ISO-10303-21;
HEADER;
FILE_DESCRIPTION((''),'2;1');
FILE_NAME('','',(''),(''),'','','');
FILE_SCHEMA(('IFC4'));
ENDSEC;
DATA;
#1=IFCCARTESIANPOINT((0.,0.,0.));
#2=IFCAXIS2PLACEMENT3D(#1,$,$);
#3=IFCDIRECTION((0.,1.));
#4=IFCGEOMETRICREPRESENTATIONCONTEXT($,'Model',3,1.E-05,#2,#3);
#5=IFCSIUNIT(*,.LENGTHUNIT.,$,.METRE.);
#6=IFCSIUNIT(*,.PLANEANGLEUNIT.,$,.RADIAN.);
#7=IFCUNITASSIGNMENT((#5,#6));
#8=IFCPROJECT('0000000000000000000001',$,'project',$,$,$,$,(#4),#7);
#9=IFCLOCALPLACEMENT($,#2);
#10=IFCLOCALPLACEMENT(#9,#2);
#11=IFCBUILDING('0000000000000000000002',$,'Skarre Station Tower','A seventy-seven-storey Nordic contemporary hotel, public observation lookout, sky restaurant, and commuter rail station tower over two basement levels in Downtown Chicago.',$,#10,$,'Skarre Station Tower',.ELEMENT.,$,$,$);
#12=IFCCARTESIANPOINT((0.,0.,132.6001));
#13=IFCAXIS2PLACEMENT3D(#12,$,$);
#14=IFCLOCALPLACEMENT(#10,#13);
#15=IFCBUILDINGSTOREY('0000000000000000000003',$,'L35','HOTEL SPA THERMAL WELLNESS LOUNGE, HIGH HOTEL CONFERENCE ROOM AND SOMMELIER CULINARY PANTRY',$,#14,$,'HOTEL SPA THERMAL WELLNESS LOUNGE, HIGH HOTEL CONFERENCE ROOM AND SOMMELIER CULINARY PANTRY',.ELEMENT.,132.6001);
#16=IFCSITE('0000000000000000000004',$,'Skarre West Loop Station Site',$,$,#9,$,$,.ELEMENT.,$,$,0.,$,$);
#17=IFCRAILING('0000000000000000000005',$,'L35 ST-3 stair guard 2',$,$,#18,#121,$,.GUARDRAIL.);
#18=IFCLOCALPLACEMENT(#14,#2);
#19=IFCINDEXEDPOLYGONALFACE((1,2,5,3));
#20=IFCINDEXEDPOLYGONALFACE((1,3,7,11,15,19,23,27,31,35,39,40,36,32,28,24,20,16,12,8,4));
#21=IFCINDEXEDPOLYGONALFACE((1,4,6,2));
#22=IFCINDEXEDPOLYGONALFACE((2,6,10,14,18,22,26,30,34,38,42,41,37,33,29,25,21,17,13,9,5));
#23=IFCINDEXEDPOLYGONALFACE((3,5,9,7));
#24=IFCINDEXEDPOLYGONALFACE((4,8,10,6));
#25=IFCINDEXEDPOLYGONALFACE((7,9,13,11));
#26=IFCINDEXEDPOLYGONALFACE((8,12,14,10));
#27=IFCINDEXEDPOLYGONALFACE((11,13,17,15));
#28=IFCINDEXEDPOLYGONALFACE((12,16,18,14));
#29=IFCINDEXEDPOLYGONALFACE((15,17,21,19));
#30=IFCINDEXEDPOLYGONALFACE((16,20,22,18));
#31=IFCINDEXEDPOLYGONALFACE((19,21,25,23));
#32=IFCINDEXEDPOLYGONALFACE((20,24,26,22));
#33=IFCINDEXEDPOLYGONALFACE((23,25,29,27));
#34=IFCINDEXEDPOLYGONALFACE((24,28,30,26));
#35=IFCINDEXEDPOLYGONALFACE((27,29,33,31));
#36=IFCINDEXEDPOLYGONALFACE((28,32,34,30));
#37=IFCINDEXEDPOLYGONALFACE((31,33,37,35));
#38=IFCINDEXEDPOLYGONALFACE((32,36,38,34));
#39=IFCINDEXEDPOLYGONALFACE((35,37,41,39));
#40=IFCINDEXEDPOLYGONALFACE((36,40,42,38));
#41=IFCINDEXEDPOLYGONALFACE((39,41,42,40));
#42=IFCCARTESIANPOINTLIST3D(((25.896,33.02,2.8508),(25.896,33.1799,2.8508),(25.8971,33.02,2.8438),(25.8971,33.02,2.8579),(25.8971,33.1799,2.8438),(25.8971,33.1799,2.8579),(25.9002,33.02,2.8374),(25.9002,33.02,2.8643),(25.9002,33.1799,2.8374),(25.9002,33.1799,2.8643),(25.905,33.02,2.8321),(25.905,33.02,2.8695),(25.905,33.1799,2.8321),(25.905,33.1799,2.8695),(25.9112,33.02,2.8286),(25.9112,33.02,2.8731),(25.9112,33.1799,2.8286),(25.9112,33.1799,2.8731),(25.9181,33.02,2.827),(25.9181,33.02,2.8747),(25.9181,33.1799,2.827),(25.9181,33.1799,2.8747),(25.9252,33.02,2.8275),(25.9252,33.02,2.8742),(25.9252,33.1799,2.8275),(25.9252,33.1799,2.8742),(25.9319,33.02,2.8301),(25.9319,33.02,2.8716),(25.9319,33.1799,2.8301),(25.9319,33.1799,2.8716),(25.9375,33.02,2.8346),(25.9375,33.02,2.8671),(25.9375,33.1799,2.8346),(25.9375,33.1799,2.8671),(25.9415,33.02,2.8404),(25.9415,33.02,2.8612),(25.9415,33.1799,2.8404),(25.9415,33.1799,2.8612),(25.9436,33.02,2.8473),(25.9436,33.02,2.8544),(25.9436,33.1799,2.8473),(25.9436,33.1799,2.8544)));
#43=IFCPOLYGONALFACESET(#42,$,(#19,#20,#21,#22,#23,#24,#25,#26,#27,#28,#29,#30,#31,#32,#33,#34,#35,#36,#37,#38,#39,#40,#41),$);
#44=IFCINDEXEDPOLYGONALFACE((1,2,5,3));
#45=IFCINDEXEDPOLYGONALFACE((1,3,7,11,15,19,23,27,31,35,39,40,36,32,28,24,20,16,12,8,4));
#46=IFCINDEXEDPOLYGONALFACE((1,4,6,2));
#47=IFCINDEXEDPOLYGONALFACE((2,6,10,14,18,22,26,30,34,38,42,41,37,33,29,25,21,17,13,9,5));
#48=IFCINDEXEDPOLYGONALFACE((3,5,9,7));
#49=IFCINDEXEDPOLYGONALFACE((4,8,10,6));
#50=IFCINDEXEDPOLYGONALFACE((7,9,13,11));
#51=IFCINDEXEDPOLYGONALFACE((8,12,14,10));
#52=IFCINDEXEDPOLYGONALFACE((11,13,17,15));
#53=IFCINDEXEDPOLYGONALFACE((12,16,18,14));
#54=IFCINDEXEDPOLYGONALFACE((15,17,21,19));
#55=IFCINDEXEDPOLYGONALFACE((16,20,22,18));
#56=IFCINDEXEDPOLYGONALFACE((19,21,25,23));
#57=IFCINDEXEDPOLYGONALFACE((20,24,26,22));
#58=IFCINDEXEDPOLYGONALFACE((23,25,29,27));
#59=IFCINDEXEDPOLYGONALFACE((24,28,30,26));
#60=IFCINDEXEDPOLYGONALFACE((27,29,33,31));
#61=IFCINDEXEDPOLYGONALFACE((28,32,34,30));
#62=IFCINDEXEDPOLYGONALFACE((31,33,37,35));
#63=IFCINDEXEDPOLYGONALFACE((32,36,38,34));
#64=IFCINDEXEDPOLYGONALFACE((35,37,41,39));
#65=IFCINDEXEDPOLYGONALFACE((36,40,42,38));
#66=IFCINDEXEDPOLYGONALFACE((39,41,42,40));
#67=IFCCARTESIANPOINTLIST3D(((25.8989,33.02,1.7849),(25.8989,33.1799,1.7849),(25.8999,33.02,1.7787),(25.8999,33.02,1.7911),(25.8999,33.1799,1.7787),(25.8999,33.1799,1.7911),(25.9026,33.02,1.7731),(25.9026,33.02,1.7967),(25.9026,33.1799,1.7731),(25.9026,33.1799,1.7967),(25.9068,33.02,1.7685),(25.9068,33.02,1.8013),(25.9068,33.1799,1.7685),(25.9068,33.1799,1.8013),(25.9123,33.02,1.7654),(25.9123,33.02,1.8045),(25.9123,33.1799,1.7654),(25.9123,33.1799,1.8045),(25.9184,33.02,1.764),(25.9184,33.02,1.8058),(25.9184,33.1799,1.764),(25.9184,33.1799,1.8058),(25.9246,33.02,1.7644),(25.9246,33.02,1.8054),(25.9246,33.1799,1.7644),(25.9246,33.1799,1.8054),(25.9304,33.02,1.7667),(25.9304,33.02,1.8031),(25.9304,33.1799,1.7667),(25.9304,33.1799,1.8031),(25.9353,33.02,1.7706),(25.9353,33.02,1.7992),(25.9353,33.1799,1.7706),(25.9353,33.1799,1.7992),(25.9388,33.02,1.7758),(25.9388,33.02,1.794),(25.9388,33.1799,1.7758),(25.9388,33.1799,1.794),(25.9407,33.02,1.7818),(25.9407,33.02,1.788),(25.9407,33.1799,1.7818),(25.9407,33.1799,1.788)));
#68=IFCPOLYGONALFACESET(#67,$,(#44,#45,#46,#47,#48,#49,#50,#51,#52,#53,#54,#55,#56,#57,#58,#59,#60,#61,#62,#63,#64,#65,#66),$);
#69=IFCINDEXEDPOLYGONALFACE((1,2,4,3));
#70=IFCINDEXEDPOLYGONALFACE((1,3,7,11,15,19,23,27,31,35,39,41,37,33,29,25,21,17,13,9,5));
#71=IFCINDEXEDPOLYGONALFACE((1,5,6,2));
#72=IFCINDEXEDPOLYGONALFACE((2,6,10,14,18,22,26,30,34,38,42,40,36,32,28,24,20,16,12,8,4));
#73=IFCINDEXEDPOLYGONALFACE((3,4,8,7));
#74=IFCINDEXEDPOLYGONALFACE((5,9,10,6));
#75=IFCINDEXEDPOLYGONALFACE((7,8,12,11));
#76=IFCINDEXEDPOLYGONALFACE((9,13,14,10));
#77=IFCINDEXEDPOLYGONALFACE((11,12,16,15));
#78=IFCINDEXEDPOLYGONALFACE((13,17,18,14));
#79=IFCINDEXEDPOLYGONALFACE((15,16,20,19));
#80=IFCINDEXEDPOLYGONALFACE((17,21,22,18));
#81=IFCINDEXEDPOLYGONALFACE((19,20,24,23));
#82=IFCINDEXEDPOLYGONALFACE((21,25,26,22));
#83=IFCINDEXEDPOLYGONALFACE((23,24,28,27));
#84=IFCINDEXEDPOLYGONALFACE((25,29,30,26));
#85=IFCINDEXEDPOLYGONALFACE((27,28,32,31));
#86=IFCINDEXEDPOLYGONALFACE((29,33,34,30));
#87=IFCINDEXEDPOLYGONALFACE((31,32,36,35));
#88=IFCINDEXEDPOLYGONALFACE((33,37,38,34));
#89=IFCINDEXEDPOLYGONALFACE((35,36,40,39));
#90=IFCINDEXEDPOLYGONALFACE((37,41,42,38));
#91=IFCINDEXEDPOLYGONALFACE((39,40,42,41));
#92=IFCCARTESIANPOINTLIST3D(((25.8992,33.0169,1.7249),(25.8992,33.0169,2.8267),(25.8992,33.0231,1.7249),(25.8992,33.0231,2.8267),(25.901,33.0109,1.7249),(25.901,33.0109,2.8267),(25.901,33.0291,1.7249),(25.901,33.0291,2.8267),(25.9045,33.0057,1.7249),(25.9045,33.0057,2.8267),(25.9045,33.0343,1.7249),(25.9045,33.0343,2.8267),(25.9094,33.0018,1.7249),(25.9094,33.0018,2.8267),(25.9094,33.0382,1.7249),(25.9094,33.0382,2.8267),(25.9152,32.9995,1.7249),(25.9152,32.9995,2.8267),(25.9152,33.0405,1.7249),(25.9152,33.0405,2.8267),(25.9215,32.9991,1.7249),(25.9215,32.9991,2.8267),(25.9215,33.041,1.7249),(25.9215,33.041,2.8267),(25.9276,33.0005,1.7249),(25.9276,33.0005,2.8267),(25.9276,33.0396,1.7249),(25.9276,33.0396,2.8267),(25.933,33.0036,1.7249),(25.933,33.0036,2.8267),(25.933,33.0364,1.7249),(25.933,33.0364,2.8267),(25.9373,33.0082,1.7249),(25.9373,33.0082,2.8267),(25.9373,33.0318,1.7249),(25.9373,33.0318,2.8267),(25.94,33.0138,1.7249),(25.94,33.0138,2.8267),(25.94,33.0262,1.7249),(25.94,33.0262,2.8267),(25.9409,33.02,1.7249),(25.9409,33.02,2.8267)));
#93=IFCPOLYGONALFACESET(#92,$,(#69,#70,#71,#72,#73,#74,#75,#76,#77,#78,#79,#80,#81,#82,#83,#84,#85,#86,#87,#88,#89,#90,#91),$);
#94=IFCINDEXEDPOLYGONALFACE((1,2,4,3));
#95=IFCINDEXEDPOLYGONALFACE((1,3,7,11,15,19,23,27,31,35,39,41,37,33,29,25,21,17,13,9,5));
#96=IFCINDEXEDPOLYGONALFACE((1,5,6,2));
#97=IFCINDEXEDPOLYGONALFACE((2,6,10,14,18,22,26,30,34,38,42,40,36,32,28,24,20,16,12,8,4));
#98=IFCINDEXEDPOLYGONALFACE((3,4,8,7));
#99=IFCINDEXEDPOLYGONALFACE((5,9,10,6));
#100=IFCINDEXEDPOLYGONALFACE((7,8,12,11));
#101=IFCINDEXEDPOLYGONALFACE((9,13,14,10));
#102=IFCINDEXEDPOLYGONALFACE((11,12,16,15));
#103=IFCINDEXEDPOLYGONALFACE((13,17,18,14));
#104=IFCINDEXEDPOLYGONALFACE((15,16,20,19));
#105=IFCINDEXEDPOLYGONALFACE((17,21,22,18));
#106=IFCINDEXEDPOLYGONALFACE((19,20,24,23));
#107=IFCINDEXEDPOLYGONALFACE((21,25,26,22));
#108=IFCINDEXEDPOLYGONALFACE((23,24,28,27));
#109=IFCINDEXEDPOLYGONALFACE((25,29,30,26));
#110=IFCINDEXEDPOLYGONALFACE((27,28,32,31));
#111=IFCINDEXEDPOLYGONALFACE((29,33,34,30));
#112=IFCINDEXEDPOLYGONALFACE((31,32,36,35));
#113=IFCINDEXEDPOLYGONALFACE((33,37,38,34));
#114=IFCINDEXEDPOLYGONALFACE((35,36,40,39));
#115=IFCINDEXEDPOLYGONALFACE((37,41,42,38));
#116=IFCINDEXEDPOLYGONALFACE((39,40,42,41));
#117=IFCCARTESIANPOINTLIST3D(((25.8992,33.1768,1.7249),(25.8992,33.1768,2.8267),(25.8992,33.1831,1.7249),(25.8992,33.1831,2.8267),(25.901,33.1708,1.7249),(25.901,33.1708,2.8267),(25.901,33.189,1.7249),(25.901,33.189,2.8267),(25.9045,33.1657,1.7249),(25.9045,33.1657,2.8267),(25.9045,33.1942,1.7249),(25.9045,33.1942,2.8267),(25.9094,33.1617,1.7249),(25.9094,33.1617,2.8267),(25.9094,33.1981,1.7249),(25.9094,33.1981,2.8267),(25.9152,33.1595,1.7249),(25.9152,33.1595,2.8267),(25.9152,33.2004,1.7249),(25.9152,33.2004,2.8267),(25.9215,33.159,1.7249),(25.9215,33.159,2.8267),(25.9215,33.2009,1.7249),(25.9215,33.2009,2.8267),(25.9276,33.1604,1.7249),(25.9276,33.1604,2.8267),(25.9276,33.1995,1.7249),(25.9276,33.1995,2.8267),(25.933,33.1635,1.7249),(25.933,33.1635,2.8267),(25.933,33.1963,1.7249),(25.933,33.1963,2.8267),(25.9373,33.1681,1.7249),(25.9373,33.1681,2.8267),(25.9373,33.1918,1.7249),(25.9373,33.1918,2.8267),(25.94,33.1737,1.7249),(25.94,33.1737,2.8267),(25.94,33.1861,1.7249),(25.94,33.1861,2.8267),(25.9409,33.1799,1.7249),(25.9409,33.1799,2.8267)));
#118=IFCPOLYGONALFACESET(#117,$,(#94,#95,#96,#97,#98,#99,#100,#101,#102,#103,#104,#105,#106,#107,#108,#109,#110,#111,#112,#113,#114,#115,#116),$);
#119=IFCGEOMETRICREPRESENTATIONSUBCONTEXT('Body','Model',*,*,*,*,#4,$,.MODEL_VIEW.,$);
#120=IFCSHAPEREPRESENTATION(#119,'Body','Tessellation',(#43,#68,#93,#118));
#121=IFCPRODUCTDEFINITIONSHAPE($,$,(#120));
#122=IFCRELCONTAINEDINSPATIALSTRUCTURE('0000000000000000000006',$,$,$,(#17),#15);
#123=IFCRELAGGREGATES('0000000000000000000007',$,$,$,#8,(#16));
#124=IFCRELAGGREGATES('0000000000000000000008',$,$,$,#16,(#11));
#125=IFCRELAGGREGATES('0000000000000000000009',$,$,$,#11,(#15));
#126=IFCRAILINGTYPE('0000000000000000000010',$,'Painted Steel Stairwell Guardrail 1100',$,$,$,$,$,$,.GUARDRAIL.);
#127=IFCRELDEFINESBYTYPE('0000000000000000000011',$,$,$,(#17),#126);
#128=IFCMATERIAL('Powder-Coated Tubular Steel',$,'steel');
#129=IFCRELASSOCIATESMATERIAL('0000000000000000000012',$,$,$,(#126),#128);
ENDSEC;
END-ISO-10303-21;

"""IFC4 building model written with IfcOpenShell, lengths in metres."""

from ifc_helpers import new_model, si_unit, direction, frame, origin, origin_2d, place, context, subcontext, project, spatial, circle, extrude, material, type_object, element, save


model = new_model("IFC4")

# Units and contexts
model_context = context("Model", 3, precision=1e-05, world=origin(), true_north=direction((0.0, 1.0)))
body_context = subcontext(model_context, "Body", "Model", "MODEL_VIEW")
ifc_project = project(units=[si_unit("LENGTHUNIT", "METRE"), si_unit("PLANEANGLEUNIT", "RADIAN")], contexts=[model_context])

# Site, building, storey
site_placement = place(None, origin())
site = spatial("IfcSite", under=ifc_project, at=site_placement, Name="Skarre West Loop Station Site", CompositionType="ELEMENT", RefElevation=0.0)
building_placement = place(site_placement, origin())
building = spatial("IfcBuilding", under=site, at=building_placement, Name="Skarre Station Tower", Description="A seventy-seven-storey Nordic contemporary hotel, public observation lookout, sky restaurant, and commuter rail station tower over two basement levels in Downtown Chicago.", LongName="Skarre Station Tower", CompositionType="ELEMENT")
storey_placement = place(building_placement, frame((0.0, 0.0, 132.6001)))
storey = spatial("IfcBuildingStorey", under=building, at=storey_placement, Name="L35", Description="HOTEL SPA THERMAL WELLNESS LOUNGE, HIGH HOTEL CONFERENCE ROOM AND SOMMELIER CULINARY PANTRY", LongName="HOTEL SPA THERMAL WELLNESS LOUNGE, HIGH HOTEL CONFERENCE ROOM AND SOMMELIER CULINARY PANTRY", CompositionType="ELEMENT", Elevation=132.6001)

# Railing
ifc_material_1 = material(Name="Powder-Coated Tubular Steel", Category="steel")
railing_type_1 = type_object("IfcRailingType", Name="Painted Steel Stairwell Guardrail 1100", PredefinedType="GUARDRAIL", material=ifc_material_1)
railing_1_placement = place(storey_placement, frame((25.9199, 33.02, 1.7249)))
element("IfcRailing", 1, at=railing_1_placement, inside=storey, type_object=railing_type_1, Name="L35 ST-3 stair guard 2", PredefinedType="GUARDRAIL", context=body_context, shape_type="SweptSolid", body=[
    extrude(circle(Radius=0.0239, at=origin_2d()), frame((0.0, 0.0, 1.126), z_axis=(0.0, 1.0, 0.0), x_axis=(-1.0, 0.0, 0.0)), (0.0, 0.0, 1.0), 0.1599),
    extrude(circle(Radius=0.021, at=origin_2d()), frame((0.0, 0.0, 0.0601), z_axis=(0.0, 1.0, 0.0), x_axis=(-1.0, 0.0, 0.0)), (0.0, 0.0, 1.0), 0.1599),
    extrude(circle(Radius=0.021, at=origin_2d()), origin(), (0.0, 0.0, 1.0), 1.1018),
    extrude(circle(Radius=0.021, at=origin_2d()), frame((0.0, 0.1599, 0.0)), (0.0, 0.0, 1.0), 1.1018),
])

save(model, "model.ifc")
